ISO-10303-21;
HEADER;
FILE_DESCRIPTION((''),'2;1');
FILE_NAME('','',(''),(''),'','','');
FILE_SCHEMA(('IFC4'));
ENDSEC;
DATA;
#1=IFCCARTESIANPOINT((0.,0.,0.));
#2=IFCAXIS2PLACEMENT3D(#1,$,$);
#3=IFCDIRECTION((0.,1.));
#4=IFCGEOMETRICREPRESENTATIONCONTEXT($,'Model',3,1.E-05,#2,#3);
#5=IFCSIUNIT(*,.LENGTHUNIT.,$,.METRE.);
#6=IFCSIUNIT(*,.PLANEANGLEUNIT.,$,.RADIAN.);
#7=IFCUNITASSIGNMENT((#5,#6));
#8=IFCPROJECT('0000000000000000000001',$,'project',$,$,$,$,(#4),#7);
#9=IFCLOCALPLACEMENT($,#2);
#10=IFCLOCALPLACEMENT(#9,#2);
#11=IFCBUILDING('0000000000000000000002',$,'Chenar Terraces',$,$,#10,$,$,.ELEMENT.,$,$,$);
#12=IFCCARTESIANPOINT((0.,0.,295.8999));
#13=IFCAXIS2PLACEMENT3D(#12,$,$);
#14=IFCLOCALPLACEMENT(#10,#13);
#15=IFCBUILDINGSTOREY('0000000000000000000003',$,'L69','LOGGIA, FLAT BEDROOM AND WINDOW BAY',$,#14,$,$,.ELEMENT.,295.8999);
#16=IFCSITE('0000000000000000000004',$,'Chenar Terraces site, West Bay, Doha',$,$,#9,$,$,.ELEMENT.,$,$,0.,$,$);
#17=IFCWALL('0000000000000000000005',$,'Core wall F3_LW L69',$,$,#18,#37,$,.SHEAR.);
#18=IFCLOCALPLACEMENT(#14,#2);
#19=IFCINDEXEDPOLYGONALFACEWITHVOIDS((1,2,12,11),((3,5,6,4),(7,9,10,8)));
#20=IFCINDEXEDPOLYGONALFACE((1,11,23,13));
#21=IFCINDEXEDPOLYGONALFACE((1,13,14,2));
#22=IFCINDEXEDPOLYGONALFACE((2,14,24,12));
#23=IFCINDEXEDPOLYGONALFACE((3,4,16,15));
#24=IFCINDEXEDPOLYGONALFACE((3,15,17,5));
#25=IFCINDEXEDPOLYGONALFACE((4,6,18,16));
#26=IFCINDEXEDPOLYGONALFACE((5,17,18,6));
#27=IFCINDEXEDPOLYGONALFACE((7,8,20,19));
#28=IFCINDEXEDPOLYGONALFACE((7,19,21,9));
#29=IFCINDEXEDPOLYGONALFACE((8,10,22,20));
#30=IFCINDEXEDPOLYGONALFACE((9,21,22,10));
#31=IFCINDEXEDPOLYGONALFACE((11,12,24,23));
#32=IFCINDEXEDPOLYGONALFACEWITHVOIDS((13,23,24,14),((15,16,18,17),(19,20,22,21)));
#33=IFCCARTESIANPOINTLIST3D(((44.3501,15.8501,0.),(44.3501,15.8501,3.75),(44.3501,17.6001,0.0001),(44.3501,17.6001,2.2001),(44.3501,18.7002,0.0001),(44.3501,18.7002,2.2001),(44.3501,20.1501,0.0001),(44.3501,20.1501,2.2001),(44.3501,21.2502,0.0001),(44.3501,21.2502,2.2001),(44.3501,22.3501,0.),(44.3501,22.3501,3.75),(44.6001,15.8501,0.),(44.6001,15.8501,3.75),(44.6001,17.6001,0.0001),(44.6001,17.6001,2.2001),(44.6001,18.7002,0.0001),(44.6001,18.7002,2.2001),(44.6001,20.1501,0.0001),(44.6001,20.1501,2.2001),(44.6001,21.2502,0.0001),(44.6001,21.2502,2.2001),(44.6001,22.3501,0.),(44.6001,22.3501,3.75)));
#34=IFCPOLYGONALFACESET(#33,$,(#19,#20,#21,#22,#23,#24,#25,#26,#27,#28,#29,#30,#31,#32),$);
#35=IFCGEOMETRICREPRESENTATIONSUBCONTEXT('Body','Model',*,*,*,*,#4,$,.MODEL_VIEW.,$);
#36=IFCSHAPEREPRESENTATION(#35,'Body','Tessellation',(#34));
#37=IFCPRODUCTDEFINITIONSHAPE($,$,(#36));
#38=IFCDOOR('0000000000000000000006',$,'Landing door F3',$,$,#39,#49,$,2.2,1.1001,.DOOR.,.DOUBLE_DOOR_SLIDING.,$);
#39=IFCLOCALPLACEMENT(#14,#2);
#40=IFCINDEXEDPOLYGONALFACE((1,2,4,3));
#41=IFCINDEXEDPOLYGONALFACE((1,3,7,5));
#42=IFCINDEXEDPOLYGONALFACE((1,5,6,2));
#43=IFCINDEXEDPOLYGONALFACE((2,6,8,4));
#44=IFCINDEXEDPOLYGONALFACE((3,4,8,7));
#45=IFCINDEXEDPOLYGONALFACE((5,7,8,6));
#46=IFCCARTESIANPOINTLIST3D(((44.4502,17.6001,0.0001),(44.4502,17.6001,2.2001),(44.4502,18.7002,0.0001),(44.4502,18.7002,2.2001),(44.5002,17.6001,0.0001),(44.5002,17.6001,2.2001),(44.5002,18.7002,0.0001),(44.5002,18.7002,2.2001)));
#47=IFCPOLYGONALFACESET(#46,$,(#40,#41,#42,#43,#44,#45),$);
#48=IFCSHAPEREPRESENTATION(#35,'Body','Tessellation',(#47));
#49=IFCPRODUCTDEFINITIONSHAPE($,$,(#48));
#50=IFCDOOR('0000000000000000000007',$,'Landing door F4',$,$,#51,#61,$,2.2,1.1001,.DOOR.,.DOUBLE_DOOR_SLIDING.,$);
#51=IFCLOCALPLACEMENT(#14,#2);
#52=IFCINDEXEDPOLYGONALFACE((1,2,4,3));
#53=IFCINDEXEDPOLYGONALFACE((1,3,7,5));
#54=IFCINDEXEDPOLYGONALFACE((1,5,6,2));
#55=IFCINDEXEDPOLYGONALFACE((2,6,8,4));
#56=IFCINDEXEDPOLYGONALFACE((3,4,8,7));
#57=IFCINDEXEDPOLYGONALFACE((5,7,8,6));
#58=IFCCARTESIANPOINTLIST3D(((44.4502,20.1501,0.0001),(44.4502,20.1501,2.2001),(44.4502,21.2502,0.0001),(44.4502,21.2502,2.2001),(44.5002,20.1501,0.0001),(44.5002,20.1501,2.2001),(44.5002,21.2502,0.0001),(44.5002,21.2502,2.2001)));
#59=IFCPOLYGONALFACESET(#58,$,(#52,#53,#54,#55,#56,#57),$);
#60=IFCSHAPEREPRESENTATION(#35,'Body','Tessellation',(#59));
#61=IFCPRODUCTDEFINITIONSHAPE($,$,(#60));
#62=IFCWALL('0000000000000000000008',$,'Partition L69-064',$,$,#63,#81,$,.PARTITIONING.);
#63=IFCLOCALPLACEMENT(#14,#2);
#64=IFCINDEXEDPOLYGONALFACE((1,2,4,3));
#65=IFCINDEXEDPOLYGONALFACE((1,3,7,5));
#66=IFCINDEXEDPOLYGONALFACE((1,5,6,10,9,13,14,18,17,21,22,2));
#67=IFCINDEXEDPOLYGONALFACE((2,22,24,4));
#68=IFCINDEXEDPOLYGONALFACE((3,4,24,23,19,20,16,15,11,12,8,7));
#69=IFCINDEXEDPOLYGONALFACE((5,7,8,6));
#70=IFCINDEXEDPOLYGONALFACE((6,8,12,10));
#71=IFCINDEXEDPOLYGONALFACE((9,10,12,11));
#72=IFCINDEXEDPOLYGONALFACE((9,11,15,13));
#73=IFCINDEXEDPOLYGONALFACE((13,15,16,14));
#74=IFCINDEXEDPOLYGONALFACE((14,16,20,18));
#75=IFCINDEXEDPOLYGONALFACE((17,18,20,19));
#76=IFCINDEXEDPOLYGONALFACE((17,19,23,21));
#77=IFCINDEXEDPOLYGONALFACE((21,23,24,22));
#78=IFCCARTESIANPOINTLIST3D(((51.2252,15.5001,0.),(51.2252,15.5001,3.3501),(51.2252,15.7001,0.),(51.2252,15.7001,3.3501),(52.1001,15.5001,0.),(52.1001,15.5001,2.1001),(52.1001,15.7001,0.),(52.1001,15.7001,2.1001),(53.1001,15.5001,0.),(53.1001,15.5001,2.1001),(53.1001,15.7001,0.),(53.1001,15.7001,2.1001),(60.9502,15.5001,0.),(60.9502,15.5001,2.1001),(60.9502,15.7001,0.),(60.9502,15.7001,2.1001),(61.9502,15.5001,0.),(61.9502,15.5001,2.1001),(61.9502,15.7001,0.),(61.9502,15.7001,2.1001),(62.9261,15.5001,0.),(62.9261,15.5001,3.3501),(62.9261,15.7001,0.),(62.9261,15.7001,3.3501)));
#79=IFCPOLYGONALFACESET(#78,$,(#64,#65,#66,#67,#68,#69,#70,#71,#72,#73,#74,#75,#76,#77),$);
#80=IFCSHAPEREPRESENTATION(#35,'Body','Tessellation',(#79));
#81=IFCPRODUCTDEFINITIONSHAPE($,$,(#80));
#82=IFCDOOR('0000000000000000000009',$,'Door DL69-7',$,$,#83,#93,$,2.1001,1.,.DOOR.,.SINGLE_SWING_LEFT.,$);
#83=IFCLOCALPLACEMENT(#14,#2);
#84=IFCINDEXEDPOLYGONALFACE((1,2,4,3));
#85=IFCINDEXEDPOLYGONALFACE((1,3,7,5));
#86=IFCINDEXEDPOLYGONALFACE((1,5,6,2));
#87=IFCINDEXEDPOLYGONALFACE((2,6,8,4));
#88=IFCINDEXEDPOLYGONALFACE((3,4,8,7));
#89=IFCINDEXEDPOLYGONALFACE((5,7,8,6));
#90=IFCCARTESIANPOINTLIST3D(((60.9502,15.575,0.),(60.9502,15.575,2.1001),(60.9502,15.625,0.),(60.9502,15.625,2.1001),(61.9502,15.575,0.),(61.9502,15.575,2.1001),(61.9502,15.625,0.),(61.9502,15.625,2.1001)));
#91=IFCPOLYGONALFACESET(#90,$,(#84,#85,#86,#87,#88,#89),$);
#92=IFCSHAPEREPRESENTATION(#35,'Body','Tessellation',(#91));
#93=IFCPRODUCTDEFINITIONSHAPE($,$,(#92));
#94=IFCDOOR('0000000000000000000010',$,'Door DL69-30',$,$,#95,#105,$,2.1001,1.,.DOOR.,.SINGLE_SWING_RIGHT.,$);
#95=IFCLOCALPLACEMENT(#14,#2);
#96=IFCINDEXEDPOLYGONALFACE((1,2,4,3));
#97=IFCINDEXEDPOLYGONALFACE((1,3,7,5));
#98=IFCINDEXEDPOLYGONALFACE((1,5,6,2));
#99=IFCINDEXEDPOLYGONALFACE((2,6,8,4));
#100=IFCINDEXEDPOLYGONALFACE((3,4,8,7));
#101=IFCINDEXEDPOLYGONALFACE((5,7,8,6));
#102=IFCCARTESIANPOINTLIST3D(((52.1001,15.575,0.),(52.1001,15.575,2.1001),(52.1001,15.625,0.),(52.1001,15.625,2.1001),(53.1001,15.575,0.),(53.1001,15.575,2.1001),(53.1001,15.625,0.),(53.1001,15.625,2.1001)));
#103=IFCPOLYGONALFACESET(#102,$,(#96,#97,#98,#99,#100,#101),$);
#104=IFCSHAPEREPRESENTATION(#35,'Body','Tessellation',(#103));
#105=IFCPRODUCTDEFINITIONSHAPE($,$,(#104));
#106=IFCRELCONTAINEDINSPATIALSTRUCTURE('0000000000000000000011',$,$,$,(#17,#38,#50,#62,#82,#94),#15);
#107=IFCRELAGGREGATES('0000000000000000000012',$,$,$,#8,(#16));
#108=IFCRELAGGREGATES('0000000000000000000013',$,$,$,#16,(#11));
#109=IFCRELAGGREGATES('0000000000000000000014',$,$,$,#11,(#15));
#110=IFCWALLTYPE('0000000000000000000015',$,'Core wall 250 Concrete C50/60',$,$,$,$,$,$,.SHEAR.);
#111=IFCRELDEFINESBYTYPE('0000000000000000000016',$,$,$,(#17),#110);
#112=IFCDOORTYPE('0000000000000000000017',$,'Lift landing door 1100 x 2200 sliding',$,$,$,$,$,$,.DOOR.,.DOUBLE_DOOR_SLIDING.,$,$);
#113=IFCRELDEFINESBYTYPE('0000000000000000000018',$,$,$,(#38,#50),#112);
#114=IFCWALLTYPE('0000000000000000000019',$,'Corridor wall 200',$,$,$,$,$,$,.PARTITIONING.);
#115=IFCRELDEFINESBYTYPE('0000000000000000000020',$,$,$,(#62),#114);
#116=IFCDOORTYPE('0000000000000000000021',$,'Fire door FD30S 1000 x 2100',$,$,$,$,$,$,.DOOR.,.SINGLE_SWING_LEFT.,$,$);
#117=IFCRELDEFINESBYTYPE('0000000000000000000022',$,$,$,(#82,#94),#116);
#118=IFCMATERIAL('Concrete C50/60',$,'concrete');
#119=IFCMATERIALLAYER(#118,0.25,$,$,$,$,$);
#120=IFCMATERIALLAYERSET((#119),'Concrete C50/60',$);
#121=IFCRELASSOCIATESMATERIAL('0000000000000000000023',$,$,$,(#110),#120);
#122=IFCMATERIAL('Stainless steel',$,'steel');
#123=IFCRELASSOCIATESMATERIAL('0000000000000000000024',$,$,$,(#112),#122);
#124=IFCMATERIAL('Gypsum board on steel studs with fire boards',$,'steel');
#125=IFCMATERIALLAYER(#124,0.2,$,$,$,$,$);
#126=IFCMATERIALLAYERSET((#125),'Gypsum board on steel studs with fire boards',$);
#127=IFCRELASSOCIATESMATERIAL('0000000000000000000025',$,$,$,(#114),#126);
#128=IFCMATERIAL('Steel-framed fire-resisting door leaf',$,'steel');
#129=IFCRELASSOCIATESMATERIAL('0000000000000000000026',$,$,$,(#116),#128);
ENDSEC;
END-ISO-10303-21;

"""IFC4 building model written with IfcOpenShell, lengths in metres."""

from ifc_helpers import new_model, si_unit, direction, frame, frame_2d, origin, place, context, subcontext, project, spatial, rectangle, extrude, material, layer, layer_set, type_object, element, fill, save


model = new_model("IFC4")

# Units and contexts
model_context = context("Model", 3, precision=1e-05, world=origin(), true_north=direction((0.0, 1.0)))
body_context = subcontext(model_context, "Body", "Model", "MODEL_VIEW")
ifc_project = project(units=[si_unit("LENGTHUNIT", "METRE"), si_unit("PLANEANGLEUNIT", "RADIAN")], contexts=[model_context])

# Site, building, storey
site_placement = place(None, origin())
site = spatial("IfcSite", under=ifc_project, at=site_placement, Name="Chenar Terraces site, West Bay, Doha", CompositionType="ELEMENT", RefElevation=0.0)
building_placement = place(site_placement, origin())
building = spatial("IfcBuilding", under=site, at=building_placement, Name="Chenar Terraces", CompositionType="ELEMENT")
storey_placement = place(building_placement, frame((0.0, 0.0, 295.8999)))
storey = spatial("IfcBuildingStorey", under=building, at=storey_placement, Name="L69", Description="LOGGIA, FLAT BEDROOM AND WINDOW BAY", CompositionType="ELEMENT", Elevation=295.8999)

# Shared definitions
ifc_material_1 = material(Name="Concrete C50/60", Category="concrete")
ifc_layer_1 = layer(ifc_material_1, 0.25)
ifc_layer_set_1 = layer_set([ifc_layer_1], Name="Concrete C50/60")
wall_type_1 = type_object("IfcWallType", Name="Core wall 250 Concrete C50/60", PredefinedType="SHEAR", material=ifc_layer_set_1)

# Walls, openings, doors
wall_1_placement = place(storey_placement, frame((44.4751, 15.8501, 0.0), z_axis=(0.0, 0.0, 1.0), x_axis=(0.0, 1.0, 0.0)))
wall_1 = element("IfcWall", 1, at=wall_1_placement, inside=storey, type_object=wall_type_1, Name="Core wall F3_LW L69", PredefinedType="SHEAR", context=body_context, shape_type="SweptSolid", body=[
    extrude(rectangle(XDim=6.5, YDim=0.25, at=frame_2d((3.25, 0.0))), origin(), (0.0, 0.0, 1.0), 3.75),
])
opening_1_placement = place(wall_1_placement, frame((1.75, 0.0, 0.0)))
opening_1 = element("IfcOpeningElement", 2, at=opening_1_placement, cuts=wall_1, PredefinedType="OPENING", context=body_context, shape_type="SweptSolid", body=[
    extrude(rectangle(XDim=1.1001, YDim=2.2, at=frame_2d((0.55, 1.1001))), frame((0.0, 0.135, 0.0), z_axis=(0.0, -1.0, 0.0), x_axis=(1.0, 0.0, 0.0)), (0.0, 0.0, 1.0), 0.27),
])
opening_2_placement = place(wall_1_placement, frame((4.3, 0.0, 0.0)))
opening_2 = element("IfcOpeningElement", 3, at=opening_2_placement, cuts=wall_1, PredefinedType="OPENING", context=body_context, shape_type="SweptSolid", body=[
    extrude(rectangle(XDim=1.1001, YDim=2.2, at=frame_2d((0.55, 1.1001))), frame((0.0, 0.135, 0.0), z_axis=(0.0, -1.0, 0.0), x_axis=(1.0, 0.0, 0.0)), (0.0, 0.0, 1.0), 0.27),
])
ifc_material_2 = material(Name="Stainless steel", Category="steel")
door_type_1 = type_object("IfcDoorType", Name="Lift landing door 1100 x 2200 sliding", OperationType="DOUBLE_DOOR_SLIDING", PredefinedType="DOOR", material=ifc_material_2)
door_1_placement = place(opening_1_placement, origin())
door_1 = element("IfcDoor", 4, at=door_1_placement, inside=storey, type_object=door_type_1, Name="Landing door F3", OperationType="DOUBLE_DOOR_SLIDING", OverallHeight=2.2, OverallWidth=1.1001, PredefinedType="DOOR", context=body_context, shape_type="SweptSolid", body=[
    extrude(rectangle(XDim=1.1001, YDim=2.2, at=frame_2d((0.55, 1.1001))), frame((0.0, 0.0249, 0.0), z_axis=(0.0, -1.0, 0.0), x_axis=(1.0, 0.0, 0.0)), (0.0, 0.0, 1.0), 0.05),
])
fill(opening_1, door_1)
door_2_placement = place(opening_2_placement, origin())
door_2 = element("IfcDoor", 5, at=door_2_placement, inside=storey, type_object=door_type_1, Name="Landing door F4", OperationType="DOUBLE_DOOR_SLIDING", OverallHeight=2.2, OverallWidth=1.1001, PredefinedType="DOOR", context=body_context, shape_type="SweptSolid", body=[
    extrude(rectangle(XDim=1.1001, YDim=2.2, at=frame_2d((0.55, 1.1001))), frame((0.0, 0.0249, 0.0), z_axis=(0.0, -1.0, 0.0), x_axis=(1.0, 0.0, 0.0)), (0.0, 0.0, 1.0), 0.05),
])
fill(opening_2, door_2)
ifc_material_3 = material(Name="Gypsum board on steel studs with fire boards", Category="steel")
ifc_layer_2 = layer(ifc_material_3, 0.2)
ifc_layer_set_2 = layer_set([ifc_layer_2], Name="Gypsum board on steel studs with fire boards")
wall_type_2 = type_object("IfcWallType", Name="Corridor wall 200", PredefinedType="PARTITIONING", material=ifc_layer_set_2)
wall_2_placement = place(storey_placement, frame((51.2251, 15.6001, 0.0), z_axis=(0.0, 0.0, 1.0), x_axis=(1.0, 0.0, 0.0)))
wall_2 = element("IfcWall", 6, at=wall_2_placement, inside=storey, type_object=wall_type_2, Name="Partition L69-064", PredefinedType="PARTITIONING", context=body_context, shape_type="SweptSolid", body=[
    extrude(rectangle(XDim=11.7009, YDim=0.2, at=frame_2d((5.8506, 0.0))), origin(), (0.0, 0.0, 1.0), 3.3501),
])
opening_3_placement = place(wall_2_placement, frame((9.7251, 0.0, 0.0)))
opening_3 = element("IfcOpeningElement", 7, at=opening_3_placement, cuts=wall_2, PredefinedType="OPENING", context=body_context, shape_type="SweptSolid", body=[
    extrude(rectangle(XDim=1.0, YDim=2.1001, at=frame_2d((0.5, 1.05))), frame((0.0, 0.1099, 0.0), z_axis=(0.0, -1.0, 0.0), x_axis=(1.0, 0.0, 0.0)), (0.0, 0.0, 1.0), 0.22),
])
opening_4_placement = place(wall_2_placement, frame((0.875, 0.0, 0.0)))
opening_4 = element("IfcOpeningElement", 8, at=opening_4_placement, cuts=wall_2, PredefinedType="OPENING", context=body_context, shape_type="SweptSolid", body=[
    extrude(rectangle(XDim=1.0, YDim=2.1001, at=frame_2d((0.5, 1.05))), frame((0.0, 0.1099, 0.0), z_axis=(0.0, -1.0, 0.0), x_axis=(1.0, 0.0, 0.0)), (0.0, 0.0, 1.0), 0.22),
])
ifc_material_4 = material(Name="Steel-framed fire-resisting door leaf", Category="steel")
door_type_2 = type_object("IfcDoorType", Name="Fire door FD30S 1000 x 2100", OperationType="SINGLE_SWING_LEFT", PredefinedType="DOOR", material=ifc_material_4)
door_3_placement = place(opening_3_placement, origin())
door_3 = element("IfcDoor", 9, at=door_3_placement, inside=storey, type_object=door_type_2, Name="Door DL69-7", OperationType="SINGLE_SWING_LEFT", OverallHeight=2.1001, OverallWidth=1.0, PredefinedType="DOOR", context=body_context, shape_type="SweptSolid", body=[
    extrude(rectangle(XDim=1.0, YDim=2.1001, at=frame_2d((0.5, 1.05))), frame((0.0, 0.0249, 0.0), z_axis=(0.0, -1.0, 0.0), x_axis=(1.0, 0.0, 0.0)), (0.0, 0.0, 1.0), 0.05),
])
fill(opening_3, door_3)
door_4_placement = place(opening_4_placement, origin())
door_4 = element("IfcDoor", 10, at=door_4_placement, inside=storey, type_object=door_type_2, Name="Door DL69-30", OperationType="SINGLE_SWING_RIGHT", OverallHeight=2.1001, OverallWidth=1.0, PredefinedType="DOOR", context=body_context, shape_type="SweptSolid", body=[
    extrude(rectangle(XDim=1.0, YDim=2.1001, at=frame_2d((0.5, 1.05))), frame((0.0, 0.0249, 0.0), z_axis=(0.0, -1.0, 0.0), x_axis=(1.0, 0.0, 0.0)), (0.0, 0.0, 1.0), 0.05),
])
fill(opening_4, door_4)

save(model, "model.ifc")
